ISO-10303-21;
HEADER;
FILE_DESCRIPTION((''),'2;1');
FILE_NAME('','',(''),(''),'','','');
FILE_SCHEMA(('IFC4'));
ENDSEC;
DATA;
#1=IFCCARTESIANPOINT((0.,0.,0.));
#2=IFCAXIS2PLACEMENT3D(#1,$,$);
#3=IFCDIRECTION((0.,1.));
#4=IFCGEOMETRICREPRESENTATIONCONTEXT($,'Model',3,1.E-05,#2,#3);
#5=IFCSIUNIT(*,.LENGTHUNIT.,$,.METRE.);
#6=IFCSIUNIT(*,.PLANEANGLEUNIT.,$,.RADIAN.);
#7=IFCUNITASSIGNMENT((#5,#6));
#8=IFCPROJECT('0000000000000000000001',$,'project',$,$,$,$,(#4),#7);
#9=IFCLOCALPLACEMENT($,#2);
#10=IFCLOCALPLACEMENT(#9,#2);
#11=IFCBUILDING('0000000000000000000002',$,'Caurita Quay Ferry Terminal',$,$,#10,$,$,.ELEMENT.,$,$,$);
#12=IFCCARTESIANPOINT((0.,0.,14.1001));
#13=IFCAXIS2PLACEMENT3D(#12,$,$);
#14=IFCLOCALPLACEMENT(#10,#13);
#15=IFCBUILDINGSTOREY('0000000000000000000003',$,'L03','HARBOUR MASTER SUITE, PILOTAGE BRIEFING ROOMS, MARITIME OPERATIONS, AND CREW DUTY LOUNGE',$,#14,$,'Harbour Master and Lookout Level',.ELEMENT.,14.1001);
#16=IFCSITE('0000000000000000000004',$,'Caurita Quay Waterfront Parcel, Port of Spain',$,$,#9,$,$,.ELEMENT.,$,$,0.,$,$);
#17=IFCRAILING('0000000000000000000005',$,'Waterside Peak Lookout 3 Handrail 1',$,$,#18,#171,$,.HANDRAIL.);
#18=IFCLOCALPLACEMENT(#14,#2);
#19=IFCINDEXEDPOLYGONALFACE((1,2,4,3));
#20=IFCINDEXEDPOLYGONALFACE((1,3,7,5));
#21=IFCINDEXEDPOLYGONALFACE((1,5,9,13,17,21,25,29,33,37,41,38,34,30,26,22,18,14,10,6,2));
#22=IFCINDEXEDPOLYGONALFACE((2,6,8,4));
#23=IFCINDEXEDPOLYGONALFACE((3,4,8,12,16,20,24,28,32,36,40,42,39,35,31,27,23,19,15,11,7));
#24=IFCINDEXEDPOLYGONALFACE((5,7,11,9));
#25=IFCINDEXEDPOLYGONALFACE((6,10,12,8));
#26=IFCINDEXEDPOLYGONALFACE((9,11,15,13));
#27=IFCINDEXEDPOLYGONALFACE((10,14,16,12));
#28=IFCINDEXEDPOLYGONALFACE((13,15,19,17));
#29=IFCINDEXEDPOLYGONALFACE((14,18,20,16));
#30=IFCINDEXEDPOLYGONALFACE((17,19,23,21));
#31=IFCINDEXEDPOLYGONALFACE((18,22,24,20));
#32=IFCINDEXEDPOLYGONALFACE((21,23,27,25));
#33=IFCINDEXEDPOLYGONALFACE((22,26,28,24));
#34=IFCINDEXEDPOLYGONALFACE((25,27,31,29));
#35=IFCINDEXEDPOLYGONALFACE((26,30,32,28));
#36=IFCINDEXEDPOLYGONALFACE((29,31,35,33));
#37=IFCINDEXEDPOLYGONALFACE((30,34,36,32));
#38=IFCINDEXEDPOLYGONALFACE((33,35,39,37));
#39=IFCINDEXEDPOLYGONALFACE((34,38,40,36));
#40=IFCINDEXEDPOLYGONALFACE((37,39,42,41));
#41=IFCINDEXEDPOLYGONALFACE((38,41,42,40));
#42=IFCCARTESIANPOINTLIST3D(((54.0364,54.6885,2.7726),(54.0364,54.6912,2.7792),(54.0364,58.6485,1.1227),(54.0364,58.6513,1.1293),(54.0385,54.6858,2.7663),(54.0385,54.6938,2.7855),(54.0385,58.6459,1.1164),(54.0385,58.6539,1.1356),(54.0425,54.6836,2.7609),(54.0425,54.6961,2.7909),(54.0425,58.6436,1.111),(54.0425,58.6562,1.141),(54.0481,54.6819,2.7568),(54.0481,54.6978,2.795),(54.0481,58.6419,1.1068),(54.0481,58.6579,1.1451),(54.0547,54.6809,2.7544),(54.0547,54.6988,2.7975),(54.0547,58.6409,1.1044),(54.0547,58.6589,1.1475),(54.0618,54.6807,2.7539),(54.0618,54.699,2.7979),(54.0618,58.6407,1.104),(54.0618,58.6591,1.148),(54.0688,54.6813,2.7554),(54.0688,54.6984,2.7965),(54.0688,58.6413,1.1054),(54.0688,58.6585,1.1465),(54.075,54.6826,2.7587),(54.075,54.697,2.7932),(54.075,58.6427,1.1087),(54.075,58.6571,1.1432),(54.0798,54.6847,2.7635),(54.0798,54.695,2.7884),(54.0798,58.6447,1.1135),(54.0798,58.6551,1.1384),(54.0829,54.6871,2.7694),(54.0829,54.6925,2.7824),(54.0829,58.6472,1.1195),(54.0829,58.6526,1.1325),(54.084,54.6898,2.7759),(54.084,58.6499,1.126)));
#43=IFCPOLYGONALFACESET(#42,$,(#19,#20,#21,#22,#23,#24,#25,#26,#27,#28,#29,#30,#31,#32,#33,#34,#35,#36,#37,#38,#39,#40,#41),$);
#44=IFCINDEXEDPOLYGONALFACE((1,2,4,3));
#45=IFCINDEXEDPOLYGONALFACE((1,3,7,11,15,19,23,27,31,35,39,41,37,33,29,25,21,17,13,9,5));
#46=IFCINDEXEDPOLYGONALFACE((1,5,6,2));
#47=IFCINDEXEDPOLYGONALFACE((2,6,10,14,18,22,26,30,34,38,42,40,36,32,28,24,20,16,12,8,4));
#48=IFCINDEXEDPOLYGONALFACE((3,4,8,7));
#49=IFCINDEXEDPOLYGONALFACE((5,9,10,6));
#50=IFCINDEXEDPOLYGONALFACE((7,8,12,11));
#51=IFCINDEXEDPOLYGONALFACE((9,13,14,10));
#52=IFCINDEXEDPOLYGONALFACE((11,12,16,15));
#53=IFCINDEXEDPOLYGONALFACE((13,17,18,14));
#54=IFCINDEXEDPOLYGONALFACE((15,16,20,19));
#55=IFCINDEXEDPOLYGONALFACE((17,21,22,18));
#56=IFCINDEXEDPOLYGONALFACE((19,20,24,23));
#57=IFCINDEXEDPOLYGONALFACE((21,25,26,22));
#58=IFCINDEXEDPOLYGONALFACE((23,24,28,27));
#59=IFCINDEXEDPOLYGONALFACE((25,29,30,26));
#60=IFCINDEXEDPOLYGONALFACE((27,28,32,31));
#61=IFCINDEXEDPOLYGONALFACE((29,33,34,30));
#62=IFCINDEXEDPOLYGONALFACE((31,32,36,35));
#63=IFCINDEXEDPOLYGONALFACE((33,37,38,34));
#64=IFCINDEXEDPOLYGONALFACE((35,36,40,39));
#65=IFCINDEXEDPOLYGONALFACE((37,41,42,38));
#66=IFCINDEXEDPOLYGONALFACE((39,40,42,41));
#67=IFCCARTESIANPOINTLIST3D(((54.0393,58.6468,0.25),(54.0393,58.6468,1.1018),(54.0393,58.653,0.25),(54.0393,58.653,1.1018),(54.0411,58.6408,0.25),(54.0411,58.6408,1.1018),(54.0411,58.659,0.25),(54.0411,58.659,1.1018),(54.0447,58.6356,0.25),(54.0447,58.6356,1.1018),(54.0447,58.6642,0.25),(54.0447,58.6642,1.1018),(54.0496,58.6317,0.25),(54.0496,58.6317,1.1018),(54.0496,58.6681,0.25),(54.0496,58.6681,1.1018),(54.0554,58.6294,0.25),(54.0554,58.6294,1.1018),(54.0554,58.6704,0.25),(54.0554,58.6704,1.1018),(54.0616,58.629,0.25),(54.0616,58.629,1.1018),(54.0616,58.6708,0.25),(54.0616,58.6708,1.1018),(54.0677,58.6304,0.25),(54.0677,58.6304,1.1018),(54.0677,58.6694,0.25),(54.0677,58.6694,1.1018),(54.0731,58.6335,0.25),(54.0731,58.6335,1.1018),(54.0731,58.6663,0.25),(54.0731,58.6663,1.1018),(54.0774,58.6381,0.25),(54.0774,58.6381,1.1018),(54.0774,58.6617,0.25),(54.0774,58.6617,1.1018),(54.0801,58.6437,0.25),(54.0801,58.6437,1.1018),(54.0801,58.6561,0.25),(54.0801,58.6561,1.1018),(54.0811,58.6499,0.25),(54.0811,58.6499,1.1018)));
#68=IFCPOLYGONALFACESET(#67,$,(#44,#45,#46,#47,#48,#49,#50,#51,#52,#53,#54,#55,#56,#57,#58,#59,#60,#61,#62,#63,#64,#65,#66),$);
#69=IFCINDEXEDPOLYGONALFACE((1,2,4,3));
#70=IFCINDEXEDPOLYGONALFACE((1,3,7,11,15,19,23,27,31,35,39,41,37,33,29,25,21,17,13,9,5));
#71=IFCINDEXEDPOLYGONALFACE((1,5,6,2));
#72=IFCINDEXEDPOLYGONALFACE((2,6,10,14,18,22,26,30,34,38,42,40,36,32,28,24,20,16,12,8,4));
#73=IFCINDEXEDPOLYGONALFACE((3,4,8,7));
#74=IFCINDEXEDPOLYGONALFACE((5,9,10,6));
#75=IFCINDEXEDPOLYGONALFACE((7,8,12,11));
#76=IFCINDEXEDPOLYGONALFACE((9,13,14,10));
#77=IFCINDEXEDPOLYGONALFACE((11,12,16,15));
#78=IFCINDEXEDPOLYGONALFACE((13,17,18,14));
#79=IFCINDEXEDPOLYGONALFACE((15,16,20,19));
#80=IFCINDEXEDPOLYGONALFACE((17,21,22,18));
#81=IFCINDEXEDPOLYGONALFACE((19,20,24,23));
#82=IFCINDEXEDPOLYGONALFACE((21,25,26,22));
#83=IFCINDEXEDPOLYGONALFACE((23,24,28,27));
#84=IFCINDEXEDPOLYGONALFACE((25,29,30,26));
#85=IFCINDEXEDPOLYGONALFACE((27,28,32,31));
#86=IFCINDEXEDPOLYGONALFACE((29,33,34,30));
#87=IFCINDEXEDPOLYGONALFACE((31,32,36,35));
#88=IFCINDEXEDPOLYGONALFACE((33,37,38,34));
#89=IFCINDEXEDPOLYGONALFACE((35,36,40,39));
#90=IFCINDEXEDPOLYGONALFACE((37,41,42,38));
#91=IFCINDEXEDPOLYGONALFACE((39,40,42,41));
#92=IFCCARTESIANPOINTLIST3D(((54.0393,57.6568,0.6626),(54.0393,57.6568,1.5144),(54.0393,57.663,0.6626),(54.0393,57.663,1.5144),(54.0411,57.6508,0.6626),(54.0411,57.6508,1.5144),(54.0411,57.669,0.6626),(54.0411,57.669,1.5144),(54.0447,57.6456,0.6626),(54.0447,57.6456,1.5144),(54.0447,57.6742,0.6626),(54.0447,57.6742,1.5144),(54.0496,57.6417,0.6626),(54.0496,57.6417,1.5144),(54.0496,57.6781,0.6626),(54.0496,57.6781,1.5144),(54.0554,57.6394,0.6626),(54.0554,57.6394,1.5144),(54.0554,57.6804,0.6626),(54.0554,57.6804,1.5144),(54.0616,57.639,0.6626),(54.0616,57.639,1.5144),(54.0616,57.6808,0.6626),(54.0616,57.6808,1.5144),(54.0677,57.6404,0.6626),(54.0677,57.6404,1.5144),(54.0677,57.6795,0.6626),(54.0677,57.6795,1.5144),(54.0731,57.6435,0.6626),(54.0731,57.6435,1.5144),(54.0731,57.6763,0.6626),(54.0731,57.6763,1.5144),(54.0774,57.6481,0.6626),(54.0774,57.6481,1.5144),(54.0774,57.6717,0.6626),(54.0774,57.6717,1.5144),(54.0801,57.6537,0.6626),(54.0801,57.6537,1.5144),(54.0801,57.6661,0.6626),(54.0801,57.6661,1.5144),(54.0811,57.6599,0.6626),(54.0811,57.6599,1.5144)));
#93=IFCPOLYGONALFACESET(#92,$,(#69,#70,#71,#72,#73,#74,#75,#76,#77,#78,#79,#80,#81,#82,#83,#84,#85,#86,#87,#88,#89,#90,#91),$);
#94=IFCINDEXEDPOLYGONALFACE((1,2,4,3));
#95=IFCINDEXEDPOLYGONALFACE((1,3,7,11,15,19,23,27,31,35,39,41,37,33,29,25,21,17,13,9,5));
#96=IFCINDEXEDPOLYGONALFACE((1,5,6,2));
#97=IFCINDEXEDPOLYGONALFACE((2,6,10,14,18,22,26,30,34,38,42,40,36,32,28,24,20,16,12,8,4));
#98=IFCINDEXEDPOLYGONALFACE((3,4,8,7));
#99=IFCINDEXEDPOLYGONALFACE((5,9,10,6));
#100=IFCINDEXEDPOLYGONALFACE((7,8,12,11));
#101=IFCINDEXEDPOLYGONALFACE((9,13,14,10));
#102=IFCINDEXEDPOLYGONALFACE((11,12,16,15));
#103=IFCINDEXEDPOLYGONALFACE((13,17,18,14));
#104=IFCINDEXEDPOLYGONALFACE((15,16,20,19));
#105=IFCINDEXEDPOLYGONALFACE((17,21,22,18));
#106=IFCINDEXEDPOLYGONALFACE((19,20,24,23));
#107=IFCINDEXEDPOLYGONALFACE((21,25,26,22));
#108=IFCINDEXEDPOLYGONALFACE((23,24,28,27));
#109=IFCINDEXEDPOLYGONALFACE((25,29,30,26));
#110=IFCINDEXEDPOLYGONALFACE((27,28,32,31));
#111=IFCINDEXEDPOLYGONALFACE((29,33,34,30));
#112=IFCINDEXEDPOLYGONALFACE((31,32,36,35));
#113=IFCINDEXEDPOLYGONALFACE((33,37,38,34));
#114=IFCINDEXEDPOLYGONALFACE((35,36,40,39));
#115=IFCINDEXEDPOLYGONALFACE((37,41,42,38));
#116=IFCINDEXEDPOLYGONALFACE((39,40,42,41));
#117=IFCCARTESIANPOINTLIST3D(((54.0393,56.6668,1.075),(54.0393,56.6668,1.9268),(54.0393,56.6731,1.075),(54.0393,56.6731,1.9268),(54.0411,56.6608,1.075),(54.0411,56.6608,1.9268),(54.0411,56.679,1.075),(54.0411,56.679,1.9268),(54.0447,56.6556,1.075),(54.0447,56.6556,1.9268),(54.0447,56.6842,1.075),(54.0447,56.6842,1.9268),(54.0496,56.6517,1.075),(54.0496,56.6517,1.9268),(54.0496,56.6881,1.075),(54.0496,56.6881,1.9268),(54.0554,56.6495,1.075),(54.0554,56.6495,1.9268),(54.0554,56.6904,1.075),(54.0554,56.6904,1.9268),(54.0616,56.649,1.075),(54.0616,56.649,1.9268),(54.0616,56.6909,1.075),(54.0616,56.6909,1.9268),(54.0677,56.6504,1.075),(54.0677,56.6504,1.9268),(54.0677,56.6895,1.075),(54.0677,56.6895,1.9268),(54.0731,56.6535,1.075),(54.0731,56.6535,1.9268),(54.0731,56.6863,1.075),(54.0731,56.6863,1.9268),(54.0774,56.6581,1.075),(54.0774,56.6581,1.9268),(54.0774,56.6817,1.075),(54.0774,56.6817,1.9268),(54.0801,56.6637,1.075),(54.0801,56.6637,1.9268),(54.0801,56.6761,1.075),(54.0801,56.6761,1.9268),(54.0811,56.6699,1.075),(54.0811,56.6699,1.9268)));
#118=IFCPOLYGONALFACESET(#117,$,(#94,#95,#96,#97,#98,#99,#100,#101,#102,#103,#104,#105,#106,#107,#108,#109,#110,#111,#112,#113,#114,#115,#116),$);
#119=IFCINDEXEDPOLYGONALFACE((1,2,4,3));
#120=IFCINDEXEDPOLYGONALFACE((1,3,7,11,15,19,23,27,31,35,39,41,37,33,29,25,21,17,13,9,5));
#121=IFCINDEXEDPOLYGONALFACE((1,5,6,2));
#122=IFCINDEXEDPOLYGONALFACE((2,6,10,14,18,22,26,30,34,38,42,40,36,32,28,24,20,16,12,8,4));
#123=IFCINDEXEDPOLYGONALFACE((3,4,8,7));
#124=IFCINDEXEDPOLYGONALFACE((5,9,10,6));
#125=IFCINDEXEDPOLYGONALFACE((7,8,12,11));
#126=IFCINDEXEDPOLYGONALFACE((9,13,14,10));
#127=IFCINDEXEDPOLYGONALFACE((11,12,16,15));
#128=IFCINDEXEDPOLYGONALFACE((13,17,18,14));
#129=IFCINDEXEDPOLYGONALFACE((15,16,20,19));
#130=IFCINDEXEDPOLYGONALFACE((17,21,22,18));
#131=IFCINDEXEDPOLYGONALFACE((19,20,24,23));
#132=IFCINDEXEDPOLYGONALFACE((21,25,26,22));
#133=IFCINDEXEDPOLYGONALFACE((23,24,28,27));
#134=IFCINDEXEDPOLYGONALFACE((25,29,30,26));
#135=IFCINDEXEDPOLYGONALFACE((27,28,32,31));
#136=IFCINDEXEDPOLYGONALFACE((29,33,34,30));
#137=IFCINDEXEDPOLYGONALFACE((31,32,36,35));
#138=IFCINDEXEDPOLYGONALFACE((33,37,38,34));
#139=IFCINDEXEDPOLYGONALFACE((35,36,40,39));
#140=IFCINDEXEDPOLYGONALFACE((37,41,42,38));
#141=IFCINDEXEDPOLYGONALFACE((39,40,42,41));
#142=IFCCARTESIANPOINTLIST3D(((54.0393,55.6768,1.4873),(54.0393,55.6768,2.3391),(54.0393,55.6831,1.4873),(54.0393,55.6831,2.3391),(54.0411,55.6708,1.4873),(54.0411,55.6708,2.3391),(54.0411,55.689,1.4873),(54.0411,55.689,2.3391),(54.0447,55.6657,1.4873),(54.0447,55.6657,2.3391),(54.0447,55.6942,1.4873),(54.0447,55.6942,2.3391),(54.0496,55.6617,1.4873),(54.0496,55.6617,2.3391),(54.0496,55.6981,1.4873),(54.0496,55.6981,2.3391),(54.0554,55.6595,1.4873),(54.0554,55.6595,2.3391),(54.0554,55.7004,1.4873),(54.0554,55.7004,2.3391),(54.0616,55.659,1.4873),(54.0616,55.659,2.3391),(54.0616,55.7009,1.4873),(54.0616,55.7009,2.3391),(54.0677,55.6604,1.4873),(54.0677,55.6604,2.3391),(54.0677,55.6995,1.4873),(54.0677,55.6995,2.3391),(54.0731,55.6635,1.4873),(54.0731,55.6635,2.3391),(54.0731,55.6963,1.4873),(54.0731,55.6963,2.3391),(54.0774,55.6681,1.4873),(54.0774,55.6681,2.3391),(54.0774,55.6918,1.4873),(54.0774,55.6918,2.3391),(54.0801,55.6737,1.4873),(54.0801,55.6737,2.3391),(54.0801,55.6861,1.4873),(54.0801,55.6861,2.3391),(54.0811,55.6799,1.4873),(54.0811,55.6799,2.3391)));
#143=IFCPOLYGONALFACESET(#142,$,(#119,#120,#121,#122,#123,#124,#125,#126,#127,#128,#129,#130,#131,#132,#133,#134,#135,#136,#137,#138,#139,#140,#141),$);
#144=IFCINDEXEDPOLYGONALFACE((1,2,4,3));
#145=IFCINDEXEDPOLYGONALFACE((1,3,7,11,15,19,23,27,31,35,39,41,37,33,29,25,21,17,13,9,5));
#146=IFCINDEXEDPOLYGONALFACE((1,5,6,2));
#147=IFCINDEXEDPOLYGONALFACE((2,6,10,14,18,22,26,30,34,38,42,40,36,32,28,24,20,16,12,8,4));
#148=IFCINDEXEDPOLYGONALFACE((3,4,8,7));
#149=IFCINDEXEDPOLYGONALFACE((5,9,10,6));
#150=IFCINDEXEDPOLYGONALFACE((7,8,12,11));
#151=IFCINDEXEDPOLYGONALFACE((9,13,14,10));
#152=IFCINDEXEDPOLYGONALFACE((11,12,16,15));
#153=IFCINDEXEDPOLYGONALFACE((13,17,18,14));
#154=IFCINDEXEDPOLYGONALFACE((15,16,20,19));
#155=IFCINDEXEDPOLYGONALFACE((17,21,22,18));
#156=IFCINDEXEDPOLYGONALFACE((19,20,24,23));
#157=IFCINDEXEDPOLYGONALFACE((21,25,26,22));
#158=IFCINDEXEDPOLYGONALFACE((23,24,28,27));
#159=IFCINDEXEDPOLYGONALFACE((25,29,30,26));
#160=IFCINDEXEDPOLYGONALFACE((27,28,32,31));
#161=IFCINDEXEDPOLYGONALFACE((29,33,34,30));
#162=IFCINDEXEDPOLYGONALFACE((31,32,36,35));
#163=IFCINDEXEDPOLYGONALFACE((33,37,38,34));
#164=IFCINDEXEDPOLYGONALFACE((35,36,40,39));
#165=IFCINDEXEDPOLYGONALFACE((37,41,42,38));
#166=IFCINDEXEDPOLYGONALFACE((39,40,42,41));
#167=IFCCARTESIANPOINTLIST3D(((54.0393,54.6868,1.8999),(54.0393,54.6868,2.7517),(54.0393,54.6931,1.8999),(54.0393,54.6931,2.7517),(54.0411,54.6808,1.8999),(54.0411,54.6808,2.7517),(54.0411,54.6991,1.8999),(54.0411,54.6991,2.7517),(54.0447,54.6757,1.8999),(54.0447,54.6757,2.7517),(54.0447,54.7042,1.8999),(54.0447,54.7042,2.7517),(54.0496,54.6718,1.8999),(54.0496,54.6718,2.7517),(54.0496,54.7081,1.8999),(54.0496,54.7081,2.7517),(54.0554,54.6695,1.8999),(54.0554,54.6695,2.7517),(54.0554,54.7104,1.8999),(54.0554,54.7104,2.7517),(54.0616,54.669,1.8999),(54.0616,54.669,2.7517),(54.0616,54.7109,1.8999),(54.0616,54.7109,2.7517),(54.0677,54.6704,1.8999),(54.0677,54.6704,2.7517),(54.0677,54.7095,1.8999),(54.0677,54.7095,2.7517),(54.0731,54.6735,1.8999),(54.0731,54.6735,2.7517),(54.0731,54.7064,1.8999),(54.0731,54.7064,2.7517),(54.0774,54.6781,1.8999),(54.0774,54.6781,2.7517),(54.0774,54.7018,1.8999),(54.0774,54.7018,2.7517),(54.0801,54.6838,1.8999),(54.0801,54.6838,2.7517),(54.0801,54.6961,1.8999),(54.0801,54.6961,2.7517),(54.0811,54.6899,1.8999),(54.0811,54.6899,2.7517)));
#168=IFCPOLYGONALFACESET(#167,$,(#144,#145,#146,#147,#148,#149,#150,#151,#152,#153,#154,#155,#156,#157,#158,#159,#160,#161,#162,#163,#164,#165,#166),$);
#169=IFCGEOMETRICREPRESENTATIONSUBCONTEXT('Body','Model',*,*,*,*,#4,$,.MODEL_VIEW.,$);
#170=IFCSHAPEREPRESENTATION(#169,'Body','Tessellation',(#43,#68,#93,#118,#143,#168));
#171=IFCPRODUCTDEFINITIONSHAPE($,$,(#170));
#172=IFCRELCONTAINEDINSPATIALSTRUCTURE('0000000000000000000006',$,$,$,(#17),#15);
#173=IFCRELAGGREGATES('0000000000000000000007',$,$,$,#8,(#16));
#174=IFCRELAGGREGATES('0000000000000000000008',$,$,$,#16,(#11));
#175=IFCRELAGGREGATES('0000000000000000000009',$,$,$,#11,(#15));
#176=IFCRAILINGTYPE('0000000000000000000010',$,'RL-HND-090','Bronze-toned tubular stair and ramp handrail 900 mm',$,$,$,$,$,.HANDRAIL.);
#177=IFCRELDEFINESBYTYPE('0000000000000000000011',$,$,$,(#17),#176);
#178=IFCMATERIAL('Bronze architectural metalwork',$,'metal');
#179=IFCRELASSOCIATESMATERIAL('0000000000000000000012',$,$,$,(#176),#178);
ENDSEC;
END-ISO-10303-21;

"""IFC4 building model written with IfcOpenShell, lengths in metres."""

from ifc_helpers import new_model, si_unit, direction, frame, origin, origin_2d, place, context, subcontext, project, spatial, circle, extrude, material, type_object, element, save


model = new_model("IFC4")

# Units and contexts
model_context = context("Model", 3, precision=1e-05, world=origin(), true_north=direction((0.0, 1.0)))
body_context = subcontext(model_context, "Body", "Model", "MODEL_VIEW")
ifc_project = project(units=[si_unit("LENGTHUNIT", "METRE"), si_unit("PLANEANGLEUNIT", "RADIAN")], contexts=[model_context])

# Site, building, storey
site_placement = place(None, origin())
site = spatial("IfcSite", under=ifc_project, at=site_placement, Name="Caurita Quay Waterfront Parcel, Port of Spain", CompositionType="ELEMENT", RefElevation=0.0)
building_placement = place(site_placement, origin())
building = spatial("IfcBuilding", under=site, at=building_placement, Name="Caurita Quay Ferry Terminal", CompositionType="ELEMENT")
storey_placement = place(building_placement, frame((0.0, 0.0, 14.1001)))
storey = spatial("IfcBuildingStorey", under=building, at=storey_placement, Name="L03", Description="HARBOUR MASTER SUITE, PILOTAGE BRIEFING ROOMS, MARITIME OPERATIONS, AND CREW DUTY LOUNGE", LongName="Harbour Master and Lookout Level", CompositionType="ELEMENT", Elevation=14.1001)

# Railing
ifc_material_1 = material(Name="Bronze architectural metalwork", Category="metal")
railing_type_1 = type_object("IfcRailingType", Name="RL-HND-090", Description="Bronze-toned tubular stair and ramp handrail 900 mm", PredefinedType="HANDRAIL", material=ifc_material_1)
railing_1_placement = place(storey_placement, frame((54.0601, 58.6499, 0.25)))
element("IfcRailing", 1, at=railing_1_placement, inside=storey, type_object=railing_type_1, Name="Waterside Peak Lookout 3 Handrail 1", PredefinedType="HANDRAIL", context=body_context, shape_type="SweptSolid", body=[
    extrude(circle(Radius=0.0239, at=origin_2d()), frame((0.0, 0.0, 0.876), z_axis=(0.0, -0.923084, 0.384599), x_axis=(1.0, 0.0, 0.0)), (0.0, 0.0, 1.0), 4.29),
    extrude(circle(Radius=0.021, at=origin_2d()), origin(), (0.0, 0.0, 1.0), 0.8518),
    extrude(circle(Radius=0.021, at=origin_2d()), frame((0.0, -0.99, 0.4126)), (0.0, 0.0, 1.0), 0.8518),
    extrude(circle(Radius=0.021, at=origin_2d()), frame((0.0, -1.98, 0.825)), (0.0, 0.0, 1.0), 0.8518),
    extrude(circle(Radius=0.021, at=origin_2d()), frame((0.0, -2.97, 1.2373)), (0.0, 0.0, 1.0), 0.8518),
    extrude(circle(Radius=0.021, at=origin_2d()), frame((0.0, -3.96, 1.6499)), (0.0, 0.0, 1.0), 0.8518),
])

save(model, "model.ifc")
